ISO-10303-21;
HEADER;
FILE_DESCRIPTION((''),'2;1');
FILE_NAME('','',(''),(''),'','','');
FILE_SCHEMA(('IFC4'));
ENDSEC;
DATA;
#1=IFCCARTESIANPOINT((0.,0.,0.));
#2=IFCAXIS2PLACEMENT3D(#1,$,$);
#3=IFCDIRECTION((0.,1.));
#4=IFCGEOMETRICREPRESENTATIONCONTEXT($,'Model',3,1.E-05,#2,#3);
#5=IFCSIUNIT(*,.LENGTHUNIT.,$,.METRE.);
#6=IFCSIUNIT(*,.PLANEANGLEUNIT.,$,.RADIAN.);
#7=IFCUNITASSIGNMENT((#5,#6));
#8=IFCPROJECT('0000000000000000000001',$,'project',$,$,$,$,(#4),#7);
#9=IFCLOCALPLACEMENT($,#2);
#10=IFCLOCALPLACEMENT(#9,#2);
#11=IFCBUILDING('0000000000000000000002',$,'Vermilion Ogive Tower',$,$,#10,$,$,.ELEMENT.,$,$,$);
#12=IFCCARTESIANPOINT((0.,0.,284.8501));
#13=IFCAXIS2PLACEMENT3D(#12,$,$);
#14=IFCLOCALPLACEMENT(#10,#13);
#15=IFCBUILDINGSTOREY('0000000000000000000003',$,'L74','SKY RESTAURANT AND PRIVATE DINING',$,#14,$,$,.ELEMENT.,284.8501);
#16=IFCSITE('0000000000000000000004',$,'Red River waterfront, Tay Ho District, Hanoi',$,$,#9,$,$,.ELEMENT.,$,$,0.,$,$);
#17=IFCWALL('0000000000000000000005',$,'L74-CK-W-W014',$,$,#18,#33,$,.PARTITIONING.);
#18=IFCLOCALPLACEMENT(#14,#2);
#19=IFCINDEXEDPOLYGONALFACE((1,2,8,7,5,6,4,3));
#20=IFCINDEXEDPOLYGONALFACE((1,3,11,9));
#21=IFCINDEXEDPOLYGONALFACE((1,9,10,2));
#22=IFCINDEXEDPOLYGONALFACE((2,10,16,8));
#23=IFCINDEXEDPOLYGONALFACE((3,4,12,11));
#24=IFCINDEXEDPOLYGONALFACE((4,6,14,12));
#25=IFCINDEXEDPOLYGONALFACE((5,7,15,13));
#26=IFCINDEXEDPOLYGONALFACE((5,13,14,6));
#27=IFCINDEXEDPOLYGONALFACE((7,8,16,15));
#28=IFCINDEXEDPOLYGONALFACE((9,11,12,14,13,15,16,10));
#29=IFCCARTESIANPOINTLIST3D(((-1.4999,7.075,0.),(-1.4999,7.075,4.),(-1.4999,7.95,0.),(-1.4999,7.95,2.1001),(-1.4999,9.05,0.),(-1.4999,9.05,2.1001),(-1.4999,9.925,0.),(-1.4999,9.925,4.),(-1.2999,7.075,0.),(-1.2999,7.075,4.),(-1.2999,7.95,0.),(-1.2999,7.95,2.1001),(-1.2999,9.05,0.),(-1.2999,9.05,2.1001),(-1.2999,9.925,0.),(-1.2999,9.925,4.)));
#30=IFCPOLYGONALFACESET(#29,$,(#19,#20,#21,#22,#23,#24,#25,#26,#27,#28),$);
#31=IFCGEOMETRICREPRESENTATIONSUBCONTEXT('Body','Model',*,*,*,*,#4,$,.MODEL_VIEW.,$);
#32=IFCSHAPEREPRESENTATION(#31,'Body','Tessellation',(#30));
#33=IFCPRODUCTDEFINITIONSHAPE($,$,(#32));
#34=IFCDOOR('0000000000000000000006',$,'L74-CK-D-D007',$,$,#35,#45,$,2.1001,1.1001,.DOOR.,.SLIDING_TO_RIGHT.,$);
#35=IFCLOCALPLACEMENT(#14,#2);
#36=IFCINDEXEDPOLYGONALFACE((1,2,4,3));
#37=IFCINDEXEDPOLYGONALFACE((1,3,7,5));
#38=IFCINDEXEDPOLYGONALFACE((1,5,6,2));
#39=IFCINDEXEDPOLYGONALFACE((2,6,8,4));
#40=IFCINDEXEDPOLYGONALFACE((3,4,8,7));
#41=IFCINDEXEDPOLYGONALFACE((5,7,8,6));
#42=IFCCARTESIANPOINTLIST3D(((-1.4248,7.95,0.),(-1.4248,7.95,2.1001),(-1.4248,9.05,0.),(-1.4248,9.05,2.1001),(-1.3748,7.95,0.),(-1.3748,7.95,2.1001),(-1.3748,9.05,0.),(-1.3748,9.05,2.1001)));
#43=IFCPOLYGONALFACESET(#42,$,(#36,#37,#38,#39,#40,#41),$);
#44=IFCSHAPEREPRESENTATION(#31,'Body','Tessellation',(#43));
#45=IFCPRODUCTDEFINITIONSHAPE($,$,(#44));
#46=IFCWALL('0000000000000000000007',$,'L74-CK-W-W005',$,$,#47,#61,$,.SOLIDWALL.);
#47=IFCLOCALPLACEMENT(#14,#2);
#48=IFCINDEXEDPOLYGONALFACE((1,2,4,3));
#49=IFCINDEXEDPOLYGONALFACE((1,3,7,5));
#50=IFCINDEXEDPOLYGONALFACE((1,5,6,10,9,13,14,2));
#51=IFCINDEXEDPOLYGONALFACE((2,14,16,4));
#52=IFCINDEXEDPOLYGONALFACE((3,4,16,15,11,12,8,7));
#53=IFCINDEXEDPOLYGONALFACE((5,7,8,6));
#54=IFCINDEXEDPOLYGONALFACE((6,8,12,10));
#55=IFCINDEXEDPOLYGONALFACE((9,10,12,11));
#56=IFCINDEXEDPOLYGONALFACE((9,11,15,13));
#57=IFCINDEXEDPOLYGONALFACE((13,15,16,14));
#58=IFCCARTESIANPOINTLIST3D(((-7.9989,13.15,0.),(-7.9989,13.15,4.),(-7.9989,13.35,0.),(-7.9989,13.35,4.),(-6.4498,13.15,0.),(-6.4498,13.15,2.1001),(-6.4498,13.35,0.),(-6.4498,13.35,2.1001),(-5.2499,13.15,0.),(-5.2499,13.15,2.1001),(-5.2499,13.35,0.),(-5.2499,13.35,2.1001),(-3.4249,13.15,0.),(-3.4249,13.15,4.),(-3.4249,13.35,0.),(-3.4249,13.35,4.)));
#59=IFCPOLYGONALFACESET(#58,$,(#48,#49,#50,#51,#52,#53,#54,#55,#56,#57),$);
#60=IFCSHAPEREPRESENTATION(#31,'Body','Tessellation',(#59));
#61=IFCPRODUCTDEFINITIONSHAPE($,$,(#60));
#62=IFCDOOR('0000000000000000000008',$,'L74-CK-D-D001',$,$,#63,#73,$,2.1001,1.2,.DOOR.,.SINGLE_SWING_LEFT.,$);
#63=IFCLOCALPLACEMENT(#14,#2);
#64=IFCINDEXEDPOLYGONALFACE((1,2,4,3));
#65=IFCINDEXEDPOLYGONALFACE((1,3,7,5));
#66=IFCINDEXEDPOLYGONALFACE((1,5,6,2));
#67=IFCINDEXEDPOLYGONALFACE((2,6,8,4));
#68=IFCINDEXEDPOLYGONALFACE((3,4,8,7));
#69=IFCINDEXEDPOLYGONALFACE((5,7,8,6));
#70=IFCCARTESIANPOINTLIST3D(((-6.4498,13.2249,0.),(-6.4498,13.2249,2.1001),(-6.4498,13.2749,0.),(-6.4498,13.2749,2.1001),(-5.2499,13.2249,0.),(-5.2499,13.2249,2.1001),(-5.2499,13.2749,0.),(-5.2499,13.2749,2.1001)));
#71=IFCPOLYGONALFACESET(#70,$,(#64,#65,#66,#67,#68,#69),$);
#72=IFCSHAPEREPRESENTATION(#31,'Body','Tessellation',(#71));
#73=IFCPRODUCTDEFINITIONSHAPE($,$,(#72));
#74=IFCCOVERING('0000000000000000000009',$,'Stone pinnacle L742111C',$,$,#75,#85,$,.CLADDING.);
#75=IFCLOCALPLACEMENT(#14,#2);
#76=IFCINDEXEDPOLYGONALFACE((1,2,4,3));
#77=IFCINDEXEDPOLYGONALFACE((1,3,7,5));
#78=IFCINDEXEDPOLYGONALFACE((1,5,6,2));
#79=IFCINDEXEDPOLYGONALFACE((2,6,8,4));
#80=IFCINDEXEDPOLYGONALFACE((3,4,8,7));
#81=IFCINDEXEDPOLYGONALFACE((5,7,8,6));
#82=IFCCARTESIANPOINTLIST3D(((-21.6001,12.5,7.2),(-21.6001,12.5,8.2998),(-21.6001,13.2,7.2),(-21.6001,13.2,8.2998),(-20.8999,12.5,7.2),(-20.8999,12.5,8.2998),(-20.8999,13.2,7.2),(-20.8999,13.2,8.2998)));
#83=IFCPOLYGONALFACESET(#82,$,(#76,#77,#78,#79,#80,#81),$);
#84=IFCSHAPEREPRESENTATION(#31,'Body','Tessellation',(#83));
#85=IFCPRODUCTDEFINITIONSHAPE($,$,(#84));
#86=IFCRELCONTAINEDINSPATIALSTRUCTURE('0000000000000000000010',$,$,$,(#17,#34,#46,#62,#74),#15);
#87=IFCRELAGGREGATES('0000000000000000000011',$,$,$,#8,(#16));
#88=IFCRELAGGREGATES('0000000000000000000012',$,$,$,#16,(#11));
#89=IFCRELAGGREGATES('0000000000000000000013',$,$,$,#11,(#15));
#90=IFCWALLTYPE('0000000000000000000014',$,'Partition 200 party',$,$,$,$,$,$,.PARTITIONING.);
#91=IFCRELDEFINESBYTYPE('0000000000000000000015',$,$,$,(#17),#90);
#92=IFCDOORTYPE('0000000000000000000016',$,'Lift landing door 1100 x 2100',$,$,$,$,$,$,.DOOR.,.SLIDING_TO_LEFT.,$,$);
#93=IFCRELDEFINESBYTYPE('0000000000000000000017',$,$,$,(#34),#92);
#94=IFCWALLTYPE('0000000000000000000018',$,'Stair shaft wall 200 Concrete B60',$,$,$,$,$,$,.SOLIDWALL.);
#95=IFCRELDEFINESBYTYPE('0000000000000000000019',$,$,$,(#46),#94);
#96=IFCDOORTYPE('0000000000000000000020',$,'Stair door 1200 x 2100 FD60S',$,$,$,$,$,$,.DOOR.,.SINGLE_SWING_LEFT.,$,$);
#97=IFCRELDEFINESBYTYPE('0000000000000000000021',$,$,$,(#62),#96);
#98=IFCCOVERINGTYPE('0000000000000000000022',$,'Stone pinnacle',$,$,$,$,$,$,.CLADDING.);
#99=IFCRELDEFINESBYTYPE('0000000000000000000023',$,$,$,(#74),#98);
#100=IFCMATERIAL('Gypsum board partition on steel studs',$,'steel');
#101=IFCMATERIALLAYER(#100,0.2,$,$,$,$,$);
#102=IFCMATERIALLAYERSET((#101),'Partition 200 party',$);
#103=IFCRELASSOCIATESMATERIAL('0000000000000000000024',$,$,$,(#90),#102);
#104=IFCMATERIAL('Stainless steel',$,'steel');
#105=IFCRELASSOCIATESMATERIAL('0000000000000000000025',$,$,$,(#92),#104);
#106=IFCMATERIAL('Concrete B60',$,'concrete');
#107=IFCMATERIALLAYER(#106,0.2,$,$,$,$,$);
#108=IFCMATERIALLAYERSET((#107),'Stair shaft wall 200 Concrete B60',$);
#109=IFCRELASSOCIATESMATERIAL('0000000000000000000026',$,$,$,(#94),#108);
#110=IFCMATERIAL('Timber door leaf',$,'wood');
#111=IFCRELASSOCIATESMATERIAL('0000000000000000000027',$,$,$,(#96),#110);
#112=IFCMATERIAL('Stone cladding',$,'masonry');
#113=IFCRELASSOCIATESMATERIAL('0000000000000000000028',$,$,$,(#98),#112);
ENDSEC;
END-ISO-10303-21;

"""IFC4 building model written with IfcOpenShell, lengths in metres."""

from ifc_helpers import new_model, si_unit, direction, frame, frame_2d, origin, place, context, subcontext, project, spatial, polyline, rectangle, outline, extrude, material, layer, layer_set, type_object, element, fill, save


model = new_model("IFC4")

# Units and contexts
model_context = context("Model", 3, precision=1e-05, world=origin(), true_north=direction((0.0, 1.0)))
body_context = subcontext(model_context, "Body", "Model", "MODEL_VIEW")
ifc_project = project(units=[si_unit("LENGTHUNIT", "METRE"), si_unit("PLANEANGLEUNIT", "RADIAN")], contexts=[model_context])

# Site, building, storey
site_placement = place(None, origin())
site = spatial("IfcSite", under=ifc_project, at=site_placement, Name="Red River waterfront, Tay Ho District, Hanoi", CompositionType="ELEMENT", RefElevation=0.0)
building_placement = place(site_placement, origin())
building = spatial("IfcBuilding", under=site, at=building_placement, Name="Vermilion Ogive Tower", CompositionType="ELEMENT")
storey_placement = place(building_placement, frame((0.0, 0.0, 284.8501)))
storey = spatial("IfcBuildingStorey", under=building, at=storey_placement, Name="L74", Description="SKY RESTAURANT AND PRIVATE DINING", CompositionType="ELEMENT", Elevation=284.8501)

# Shared definitions
ifc_material_1 = material(Name="Gypsum board partition on steel studs", Category="steel")
ifc_layer_1 = layer(ifc_material_1, 0.2)
ifc_layer_set_1 = layer_set([ifc_layer_1], Name="Partition 200 party")
wall_type_1 = type_object("IfcWallType", Name="Partition 200 party", PredefinedType="PARTITIONING", material=ifc_layer_set_1)
ifc_material_2 = material(Name="Stainless steel", Category="steel")
door_type_1 = type_object("IfcDoorType", Name="Lift landing door 1100 x 2100", OperationType="SLIDING_TO_LEFT", PredefinedType="DOOR", material=ifc_material_2)

# Walls, openings, doors
wall_1_placement = place(storey_placement, frame((-1.3999, 7.075, 0.0), z_axis=(0.0, 0.0, 1.0), x_axis=(0.0, 1.0, 0.0)))
wall_1 = element("IfcWall", 1, at=wall_1_placement, inside=storey, type_object=wall_type_1, Name="L74-CK-W-W014", PredefinedType="PARTITIONING", context=body_context, shape_type="SweptSolid", body=[
    extrude(rectangle(XDim=2.8501, YDim=0.2, at=frame_2d((1.425, 0.0))), origin(), (0.0, 0.0, 1.0), 4.0),
])
opening_1_placement = place(wall_1_placement, frame((0.875, 0.0, 0.0)))
opening_1 = element("IfcOpeningElement", 2, at=opening_1_placement, cuts=wall_1, PredefinedType="OPENING", context=body_context, shape_type="SweptSolid", body=[
    extrude(rectangle(XDim=1.1001, YDim=2.1001, at=frame_2d((0.55, 1.05))), frame((0.0, 0.1099, 0.0), z_axis=(0.0, -1.0, 0.0), x_axis=(1.0, 0.0, 0.0)), (0.0, 0.0, 1.0), 0.22),
])
door_1_placement = place(opening_1_placement, origin())
door_1 = element("IfcDoor", 3, at=door_1_placement, inside=storey, type_object=door_type_1, Name="L74-CK-D-D007", OperationType="SLIDING_TO_RIGHT", OverallHeight=2.1001, OverallWidth=1.1001, PredefinedType="DOOR", context=body_context, shape_type="SweptSolid", body=[
    extrude(rectangle(XDim=1.1001, YDim=2.1001, at=frame_2d((0.55, 1.05))), frame((0.0, 0.0249, 0.0), z_axis=(0.0, -1.0, 0.0), x_axis=(1.0, 0.0, 0.0)), (0.0, 0.0, 1.0), 0.05),
])
fill(opening_1, door_1)
ifc_material_3 = material(Name="Concrete B60", Category="concrete")
ifc_layer_2 = layer(ifc_material_3, 0.2)
ifc_layer_set_2 = layer_set([ifc_layer_2], Name="Stair shaft wall 200 Concrete B60")
wall_type_2 = type_object("IfcWallType", Name="Stair shaft wall 200 Concrete B60", PredefinedType="SOLIDWALL", material=ifc_layer_set_2)
wall_2_placement = place(storey_placement, frame((-7.999, 13.25, 0.0), z_axis=(0.0, 0.0, 1.0), x_axis=(1.0, 0.0, 0.0)))
wall_2 = element("IfcWall", 4, at=wall_2_placement, inside=storey, type_object=wall_type_2, Name="L74-CK-W-W005", PredefinedType="SOLIDWALL", context=body_context, shape_type="SweptSolid", body=[
    extrude(rectangle(XDim=4.574, YDim=0.2, at=frame_2d((2.2871, 0.0))), origin(), (0.0, 0.0, 1.0), 4.0),
])
opening_2_placement = place(wall_2_placement, frame((1.5491, 0.0, 0.0)))
opening_2 = element("IfcOpeningElement", 5, at=opening_2_placement, cuts=wall_2, PredefinedType="OPENING", context=body_context, shape_type="SweptSolid", body=[
    extrude(rectangle(XDim=1.2, YDim=2.1001, at=frame_2d((0.6001, 1.05))), frame((0.0, 0.1099, 0.0), z_axis=(0.0, -1.0, 0.0), x_axis=(1.0, 0.0, 0.0)), (0.0, 0.0, 1.0), 0.22),
])
ifc_material_4 = material(Name="Timber door leaf", Category="wood")
door_type_2 = type_object("IfcDoorType", Name="Stair door 1200 x 2100 FD60S", OperationType="SINGLE_SWING_LEFT", PredefinedType="DOOR", material=ifc_material_4)
door_2_placement = place(opening_2_placement, origin())
door_2 = element("IfcDoor", 6, at=door_2_placement, inside=storey, type_object=door_type_2, Name="L74-CK-D-D001", OperationType="SINGLE_SWING_LEFT", OverallHeight=2.1001, OverallWidth=1.2, PredefinedType="DOOR", context=body_context, shape_type="SweptSolid", body=[
    extrude(rectangle(XDim=1.2, YDim=2.1001, at=frame_2d((0.6001, 1.05))), frame((0.0, 0.0249, 0.0), z_axis=(0.0, -1.0, 0.0), x_axis=(1.0, 0.0, 0.0)), (0.0, 0.0, 1.0), 0.05),
])
fill(opening_2, door_2)

# Covering
ifc_material_5 = material(Name="Stone cladding", Category="masonry")
covering_type = type_object("IfcCoveringType", Name="Stone pinnacle", PredefinedType="CLADDING", material=ifc_material_5)
covering_placement = place(storey_placement, frame((0.0, 0.0, 7.2)))
element("IfcCovering", 7, at=covering_placement, inside=storey, type_object=covering_type, Name="Stone pinnacle L742111C", PredefinedType="CLADDING", context=body_context, shape_type="SweptSolid", body=[
    extrude(outline(polyline([(-21.6001, 12.5), (-20.8999, 12.5), (-20.8999, 13.2), (-21.6001, 13.2), (-21.6001, 12.5)])), origin(), (0.0, 0.0, 1.0), 1.0999),
])

save(model, "model.ifc")
